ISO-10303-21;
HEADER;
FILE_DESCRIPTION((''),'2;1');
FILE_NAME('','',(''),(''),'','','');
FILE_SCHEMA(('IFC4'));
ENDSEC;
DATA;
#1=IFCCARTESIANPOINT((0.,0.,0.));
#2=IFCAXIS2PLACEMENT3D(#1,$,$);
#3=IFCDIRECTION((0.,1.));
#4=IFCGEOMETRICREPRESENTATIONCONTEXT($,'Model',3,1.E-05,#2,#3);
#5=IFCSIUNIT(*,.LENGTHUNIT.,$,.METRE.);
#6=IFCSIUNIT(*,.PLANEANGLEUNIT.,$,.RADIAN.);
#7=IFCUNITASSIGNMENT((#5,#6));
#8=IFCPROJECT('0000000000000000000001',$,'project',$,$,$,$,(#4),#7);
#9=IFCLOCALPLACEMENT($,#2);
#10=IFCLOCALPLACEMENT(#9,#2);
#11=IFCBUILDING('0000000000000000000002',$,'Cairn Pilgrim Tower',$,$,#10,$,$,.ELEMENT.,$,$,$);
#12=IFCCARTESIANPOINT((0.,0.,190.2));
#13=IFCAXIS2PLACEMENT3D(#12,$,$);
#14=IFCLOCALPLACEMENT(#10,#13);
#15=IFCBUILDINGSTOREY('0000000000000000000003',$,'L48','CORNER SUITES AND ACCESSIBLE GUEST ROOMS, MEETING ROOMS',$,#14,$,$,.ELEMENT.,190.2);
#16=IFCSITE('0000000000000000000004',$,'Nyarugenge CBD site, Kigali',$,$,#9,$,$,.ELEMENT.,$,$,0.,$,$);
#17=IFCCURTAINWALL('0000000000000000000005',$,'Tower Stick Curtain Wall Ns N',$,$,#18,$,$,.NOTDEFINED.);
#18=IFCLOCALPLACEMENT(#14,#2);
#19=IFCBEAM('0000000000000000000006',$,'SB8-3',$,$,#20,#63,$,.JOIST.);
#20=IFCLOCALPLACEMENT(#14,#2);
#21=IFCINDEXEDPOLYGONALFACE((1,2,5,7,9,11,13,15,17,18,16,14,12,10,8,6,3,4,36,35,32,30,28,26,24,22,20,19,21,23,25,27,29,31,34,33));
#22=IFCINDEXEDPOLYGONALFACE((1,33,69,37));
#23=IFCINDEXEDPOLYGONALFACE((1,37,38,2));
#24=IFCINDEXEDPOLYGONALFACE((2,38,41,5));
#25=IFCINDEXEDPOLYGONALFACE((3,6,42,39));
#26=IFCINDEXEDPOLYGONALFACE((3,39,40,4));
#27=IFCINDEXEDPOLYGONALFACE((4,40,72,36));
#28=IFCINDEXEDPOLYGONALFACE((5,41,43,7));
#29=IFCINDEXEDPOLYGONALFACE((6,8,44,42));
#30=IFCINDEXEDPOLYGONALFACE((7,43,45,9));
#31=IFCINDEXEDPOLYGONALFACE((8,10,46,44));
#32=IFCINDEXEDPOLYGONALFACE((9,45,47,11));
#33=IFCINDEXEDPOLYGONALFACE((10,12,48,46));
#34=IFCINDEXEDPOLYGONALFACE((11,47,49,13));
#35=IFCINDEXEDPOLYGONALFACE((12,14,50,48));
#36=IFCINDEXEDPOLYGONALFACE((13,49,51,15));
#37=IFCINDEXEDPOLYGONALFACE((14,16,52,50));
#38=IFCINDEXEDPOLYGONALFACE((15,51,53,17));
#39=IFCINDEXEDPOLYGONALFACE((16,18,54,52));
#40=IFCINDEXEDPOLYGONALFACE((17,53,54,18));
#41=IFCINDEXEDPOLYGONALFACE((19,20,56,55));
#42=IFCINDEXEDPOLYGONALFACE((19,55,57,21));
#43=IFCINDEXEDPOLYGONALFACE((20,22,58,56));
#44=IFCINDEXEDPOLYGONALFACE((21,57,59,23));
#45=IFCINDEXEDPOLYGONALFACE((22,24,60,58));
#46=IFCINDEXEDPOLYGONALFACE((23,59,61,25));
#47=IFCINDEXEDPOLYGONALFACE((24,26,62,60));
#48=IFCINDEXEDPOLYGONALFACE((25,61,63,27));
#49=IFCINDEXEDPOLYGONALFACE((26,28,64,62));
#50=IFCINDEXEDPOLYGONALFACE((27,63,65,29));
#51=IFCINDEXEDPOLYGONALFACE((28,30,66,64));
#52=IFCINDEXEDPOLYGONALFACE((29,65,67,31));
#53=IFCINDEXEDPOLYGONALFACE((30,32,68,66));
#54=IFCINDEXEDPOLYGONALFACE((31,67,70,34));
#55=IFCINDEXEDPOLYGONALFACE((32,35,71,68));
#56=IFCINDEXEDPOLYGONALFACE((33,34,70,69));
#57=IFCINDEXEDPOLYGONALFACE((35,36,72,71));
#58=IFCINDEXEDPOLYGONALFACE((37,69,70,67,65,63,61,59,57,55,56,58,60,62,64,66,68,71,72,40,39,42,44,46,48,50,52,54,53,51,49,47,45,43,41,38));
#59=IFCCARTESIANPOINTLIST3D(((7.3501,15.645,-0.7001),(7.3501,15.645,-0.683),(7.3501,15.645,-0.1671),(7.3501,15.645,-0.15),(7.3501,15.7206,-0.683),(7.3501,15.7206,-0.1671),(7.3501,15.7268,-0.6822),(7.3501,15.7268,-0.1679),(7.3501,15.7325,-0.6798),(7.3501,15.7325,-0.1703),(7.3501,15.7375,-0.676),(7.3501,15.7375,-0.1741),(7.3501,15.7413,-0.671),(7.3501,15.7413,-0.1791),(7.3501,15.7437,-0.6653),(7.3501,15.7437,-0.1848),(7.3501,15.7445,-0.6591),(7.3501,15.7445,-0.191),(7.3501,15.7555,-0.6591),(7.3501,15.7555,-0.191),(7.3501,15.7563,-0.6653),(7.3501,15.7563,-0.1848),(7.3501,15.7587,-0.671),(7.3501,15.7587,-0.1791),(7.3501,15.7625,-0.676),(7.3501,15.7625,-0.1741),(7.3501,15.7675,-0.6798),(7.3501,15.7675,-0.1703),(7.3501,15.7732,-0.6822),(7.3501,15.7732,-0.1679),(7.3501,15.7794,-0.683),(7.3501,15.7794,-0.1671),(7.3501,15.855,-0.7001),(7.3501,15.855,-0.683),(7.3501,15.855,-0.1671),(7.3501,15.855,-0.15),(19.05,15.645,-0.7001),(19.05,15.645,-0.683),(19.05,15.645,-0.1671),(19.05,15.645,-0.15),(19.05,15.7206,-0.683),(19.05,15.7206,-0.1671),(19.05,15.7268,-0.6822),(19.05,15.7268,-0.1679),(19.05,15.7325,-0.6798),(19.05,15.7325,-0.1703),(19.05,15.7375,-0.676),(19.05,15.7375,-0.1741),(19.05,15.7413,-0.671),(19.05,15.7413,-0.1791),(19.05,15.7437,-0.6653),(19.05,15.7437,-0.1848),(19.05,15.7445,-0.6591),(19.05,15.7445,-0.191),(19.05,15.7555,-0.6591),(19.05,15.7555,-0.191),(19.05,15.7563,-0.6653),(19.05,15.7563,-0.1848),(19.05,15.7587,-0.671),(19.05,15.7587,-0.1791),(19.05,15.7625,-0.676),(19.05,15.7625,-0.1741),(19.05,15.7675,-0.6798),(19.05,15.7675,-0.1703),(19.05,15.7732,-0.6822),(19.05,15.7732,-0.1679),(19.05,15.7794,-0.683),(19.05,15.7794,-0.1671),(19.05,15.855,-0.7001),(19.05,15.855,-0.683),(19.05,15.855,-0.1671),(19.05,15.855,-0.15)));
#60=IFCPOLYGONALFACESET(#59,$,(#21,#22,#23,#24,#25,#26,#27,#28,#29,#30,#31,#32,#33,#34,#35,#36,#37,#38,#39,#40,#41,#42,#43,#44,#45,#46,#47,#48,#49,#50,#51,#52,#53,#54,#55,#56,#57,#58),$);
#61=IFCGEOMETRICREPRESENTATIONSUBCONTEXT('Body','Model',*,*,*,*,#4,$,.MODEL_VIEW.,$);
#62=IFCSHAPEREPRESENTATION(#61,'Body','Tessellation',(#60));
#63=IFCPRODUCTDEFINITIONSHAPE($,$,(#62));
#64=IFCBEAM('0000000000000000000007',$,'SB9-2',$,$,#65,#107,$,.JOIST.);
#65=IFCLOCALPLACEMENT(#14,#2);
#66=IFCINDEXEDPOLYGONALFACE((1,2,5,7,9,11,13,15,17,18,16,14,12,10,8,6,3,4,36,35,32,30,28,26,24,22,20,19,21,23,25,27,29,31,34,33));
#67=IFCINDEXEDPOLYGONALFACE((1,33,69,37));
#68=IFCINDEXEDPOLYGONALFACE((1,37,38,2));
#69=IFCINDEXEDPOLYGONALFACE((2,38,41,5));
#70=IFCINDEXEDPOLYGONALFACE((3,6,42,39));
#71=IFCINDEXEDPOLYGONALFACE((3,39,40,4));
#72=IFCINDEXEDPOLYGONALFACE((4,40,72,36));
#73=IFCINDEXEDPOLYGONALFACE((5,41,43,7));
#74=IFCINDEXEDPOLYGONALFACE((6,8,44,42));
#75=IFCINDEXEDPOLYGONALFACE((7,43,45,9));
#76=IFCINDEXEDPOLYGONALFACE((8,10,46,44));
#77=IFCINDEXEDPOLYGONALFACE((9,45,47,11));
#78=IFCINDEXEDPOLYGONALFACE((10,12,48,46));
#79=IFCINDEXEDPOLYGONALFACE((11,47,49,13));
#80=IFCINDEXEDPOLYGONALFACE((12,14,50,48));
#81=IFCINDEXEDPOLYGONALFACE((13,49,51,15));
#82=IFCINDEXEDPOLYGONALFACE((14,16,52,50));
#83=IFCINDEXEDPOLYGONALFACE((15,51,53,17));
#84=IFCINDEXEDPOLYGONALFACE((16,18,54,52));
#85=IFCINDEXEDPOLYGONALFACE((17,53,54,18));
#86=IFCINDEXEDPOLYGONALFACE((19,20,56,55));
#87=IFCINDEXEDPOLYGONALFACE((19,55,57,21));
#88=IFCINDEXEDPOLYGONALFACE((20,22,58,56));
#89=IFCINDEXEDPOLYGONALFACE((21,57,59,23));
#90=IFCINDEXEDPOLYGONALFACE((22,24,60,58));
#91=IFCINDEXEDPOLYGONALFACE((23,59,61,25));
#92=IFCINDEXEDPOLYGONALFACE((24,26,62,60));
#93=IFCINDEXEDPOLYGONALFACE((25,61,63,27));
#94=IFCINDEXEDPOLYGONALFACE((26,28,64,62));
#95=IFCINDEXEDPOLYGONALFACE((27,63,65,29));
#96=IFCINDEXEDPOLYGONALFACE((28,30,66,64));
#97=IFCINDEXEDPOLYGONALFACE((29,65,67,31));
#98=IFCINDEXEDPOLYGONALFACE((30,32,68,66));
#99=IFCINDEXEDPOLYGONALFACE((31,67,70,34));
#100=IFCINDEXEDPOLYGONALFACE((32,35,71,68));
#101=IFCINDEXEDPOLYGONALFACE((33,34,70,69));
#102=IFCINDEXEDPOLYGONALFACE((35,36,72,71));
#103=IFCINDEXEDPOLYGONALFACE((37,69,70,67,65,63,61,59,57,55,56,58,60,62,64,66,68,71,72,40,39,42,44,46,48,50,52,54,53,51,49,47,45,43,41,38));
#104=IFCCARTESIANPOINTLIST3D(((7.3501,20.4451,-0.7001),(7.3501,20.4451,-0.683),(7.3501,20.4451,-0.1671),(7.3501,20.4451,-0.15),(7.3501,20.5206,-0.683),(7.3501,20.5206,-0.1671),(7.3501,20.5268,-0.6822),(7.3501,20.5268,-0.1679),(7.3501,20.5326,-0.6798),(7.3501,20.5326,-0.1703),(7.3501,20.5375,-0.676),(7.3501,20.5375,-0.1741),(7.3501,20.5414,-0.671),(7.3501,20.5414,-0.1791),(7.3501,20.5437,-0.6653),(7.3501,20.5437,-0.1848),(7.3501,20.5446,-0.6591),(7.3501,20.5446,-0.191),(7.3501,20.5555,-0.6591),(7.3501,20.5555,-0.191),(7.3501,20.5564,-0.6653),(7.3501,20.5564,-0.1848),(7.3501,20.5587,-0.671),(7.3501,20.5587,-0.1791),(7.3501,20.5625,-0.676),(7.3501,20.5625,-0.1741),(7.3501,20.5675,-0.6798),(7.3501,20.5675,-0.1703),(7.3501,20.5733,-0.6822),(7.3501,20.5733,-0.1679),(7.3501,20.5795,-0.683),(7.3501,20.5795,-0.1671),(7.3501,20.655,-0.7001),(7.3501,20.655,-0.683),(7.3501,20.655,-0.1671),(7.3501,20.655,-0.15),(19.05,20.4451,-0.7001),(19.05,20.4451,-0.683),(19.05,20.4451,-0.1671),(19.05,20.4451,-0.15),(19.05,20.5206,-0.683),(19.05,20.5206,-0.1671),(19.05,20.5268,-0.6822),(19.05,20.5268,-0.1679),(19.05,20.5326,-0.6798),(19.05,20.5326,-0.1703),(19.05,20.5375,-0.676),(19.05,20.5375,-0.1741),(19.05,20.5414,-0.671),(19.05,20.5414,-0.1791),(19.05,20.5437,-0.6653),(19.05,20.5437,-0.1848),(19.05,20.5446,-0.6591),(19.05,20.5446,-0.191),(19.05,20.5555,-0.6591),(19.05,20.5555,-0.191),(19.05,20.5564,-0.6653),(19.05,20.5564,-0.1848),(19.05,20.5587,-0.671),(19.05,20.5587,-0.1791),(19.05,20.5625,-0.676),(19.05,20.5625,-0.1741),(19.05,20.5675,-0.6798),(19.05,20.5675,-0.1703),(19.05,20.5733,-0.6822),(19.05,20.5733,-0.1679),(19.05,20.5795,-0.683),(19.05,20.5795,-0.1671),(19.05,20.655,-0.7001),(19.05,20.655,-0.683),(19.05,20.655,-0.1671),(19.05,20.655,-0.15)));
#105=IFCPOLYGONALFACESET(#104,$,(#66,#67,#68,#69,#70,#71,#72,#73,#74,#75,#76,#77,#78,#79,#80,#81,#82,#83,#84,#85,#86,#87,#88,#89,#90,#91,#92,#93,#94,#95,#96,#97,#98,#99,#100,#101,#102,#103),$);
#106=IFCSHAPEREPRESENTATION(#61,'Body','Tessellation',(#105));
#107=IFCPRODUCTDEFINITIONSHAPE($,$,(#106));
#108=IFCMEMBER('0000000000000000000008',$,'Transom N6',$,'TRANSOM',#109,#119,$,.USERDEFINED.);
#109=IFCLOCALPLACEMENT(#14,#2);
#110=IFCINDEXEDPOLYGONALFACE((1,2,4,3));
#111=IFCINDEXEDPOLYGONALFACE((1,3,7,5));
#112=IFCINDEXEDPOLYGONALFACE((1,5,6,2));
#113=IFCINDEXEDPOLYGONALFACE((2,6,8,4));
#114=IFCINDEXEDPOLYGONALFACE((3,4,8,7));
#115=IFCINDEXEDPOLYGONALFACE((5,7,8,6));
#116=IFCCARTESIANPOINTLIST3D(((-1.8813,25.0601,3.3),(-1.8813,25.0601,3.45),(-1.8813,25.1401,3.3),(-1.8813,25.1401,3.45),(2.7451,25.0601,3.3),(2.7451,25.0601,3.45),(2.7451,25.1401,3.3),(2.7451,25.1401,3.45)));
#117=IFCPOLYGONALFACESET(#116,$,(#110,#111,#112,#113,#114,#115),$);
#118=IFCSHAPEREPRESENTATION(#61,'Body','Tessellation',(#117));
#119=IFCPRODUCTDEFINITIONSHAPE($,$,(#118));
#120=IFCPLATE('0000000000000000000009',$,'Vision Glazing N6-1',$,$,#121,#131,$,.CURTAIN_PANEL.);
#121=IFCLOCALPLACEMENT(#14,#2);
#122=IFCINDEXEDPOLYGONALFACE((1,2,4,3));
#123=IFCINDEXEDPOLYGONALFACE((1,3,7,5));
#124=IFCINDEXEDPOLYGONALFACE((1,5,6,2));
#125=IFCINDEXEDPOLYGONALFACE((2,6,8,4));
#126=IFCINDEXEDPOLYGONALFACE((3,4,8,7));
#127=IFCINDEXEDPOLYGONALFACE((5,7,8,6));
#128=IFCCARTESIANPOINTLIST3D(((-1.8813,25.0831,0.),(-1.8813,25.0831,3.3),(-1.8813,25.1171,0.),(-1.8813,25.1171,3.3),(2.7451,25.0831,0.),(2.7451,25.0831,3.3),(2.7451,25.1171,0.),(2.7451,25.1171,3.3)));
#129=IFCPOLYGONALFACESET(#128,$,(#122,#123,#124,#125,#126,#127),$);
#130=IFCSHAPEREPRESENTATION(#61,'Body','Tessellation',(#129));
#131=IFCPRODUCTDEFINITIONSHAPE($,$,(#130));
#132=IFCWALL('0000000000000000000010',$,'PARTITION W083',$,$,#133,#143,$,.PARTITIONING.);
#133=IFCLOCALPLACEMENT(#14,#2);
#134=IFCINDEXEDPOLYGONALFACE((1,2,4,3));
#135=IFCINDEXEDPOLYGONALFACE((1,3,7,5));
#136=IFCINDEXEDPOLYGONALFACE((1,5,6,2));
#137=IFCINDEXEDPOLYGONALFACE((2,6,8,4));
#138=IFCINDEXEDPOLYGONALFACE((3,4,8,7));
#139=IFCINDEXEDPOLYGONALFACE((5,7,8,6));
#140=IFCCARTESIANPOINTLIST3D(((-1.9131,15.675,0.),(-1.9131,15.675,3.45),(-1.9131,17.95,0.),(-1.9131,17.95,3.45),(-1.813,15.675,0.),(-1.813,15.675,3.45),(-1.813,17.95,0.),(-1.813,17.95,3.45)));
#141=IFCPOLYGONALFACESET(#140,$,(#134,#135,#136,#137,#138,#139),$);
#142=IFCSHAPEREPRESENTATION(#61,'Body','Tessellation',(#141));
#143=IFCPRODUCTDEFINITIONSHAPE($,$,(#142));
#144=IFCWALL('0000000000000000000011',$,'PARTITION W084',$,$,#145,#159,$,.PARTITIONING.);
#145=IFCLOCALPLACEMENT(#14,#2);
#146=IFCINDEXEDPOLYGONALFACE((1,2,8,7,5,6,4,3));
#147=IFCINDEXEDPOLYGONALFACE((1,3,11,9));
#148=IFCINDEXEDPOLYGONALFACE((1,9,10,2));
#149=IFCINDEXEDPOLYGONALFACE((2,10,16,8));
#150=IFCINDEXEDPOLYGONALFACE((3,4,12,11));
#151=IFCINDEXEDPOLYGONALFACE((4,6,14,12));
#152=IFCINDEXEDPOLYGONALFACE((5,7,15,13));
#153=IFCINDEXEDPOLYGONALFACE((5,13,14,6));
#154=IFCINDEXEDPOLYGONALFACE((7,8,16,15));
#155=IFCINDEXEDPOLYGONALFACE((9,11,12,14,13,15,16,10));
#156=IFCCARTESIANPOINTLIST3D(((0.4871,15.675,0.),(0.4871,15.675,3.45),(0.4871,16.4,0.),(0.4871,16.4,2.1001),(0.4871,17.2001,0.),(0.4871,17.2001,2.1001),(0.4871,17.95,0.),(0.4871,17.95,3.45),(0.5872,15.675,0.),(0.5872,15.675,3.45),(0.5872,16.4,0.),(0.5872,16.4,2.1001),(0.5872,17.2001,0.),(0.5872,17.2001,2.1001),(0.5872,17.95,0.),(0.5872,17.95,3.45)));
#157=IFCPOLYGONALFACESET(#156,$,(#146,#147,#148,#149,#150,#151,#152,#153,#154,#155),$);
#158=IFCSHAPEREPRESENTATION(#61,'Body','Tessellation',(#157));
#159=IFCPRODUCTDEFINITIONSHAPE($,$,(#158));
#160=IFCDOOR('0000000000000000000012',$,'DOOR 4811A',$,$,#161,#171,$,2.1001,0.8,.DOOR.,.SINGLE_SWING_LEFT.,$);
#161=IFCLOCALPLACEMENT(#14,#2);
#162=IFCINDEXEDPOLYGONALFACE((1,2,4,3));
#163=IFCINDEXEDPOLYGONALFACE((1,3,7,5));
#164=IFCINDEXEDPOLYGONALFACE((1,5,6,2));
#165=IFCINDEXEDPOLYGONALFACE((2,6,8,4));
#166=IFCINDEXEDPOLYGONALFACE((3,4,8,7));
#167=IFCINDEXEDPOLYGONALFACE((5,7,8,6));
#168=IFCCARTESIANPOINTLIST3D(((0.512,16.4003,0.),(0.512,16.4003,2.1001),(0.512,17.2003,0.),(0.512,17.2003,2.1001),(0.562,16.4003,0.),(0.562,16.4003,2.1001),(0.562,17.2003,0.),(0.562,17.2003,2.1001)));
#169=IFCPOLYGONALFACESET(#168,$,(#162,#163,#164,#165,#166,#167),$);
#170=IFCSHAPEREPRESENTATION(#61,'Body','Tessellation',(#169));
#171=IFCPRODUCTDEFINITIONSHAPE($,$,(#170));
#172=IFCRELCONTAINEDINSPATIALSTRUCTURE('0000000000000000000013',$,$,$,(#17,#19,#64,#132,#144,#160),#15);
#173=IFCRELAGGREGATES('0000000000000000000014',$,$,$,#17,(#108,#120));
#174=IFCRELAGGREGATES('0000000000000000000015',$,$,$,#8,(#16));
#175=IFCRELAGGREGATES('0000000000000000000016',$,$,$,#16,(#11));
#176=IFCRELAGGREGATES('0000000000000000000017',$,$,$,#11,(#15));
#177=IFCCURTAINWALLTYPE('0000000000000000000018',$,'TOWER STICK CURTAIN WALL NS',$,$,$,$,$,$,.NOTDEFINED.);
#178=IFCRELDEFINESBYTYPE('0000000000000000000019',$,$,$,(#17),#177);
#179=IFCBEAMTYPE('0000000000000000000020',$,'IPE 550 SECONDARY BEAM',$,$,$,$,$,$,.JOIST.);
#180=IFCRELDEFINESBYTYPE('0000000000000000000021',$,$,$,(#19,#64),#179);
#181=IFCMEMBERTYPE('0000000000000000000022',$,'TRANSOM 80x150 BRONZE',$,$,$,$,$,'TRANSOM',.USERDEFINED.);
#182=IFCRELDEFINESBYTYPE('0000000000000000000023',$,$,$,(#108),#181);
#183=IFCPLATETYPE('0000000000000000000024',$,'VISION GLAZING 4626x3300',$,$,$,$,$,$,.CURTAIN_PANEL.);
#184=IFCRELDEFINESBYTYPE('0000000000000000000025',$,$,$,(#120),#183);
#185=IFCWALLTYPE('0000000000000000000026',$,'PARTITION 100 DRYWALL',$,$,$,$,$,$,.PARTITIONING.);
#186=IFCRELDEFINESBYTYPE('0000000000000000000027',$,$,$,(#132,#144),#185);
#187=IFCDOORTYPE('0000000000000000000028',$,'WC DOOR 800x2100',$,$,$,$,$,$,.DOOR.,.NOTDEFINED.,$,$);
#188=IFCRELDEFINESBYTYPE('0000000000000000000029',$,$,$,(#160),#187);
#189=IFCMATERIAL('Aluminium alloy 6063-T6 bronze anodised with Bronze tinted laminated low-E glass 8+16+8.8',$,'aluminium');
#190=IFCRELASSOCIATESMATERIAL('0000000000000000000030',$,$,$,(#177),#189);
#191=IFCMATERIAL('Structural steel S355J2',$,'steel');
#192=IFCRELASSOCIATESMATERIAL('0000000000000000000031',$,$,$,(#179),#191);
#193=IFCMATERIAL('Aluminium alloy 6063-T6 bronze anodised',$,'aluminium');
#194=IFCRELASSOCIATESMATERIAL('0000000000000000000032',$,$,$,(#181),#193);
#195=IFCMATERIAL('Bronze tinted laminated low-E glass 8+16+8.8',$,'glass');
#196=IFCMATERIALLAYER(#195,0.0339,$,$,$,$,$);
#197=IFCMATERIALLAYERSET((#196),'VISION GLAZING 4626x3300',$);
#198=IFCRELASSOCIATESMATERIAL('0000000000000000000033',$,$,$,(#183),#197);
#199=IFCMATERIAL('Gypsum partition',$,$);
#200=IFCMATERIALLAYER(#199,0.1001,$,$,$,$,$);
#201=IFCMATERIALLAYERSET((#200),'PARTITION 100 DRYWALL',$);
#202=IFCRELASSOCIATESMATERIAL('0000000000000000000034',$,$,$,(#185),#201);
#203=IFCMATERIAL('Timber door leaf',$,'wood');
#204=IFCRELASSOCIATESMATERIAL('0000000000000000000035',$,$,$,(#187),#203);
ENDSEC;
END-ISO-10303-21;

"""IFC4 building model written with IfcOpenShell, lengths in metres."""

from ifc_helpers import new_model, si_unit, direction, frame, frame_2d, origin, origin_2d, place, context, subcontext, project, spatial, rectangle, i_section, extrude, material, layer, layer_set, material_profile, profile_set, type_object, element, fill, aggregate, save


model = new_model("IFC4")

# Units and contexts
model_context = context("Model", 3, precision=1e-05, world=origin(), true_north=direction((0.0, 1.0)))
body_context = subcontext(model_context, "Body", "Model", "MODEL_VIEW")
ifc_project = project(units=[si_unit("LENGTHUNIT", "METRE"), si_unit("PLANEANGLEUNIT", "RADIAN")], contexts=[model_context])

# Site, building, storey
site_placement = place(None, origin())
site = spatial("IfcSite", under=ifc_project, at=site_placement, Name="Nyarugenge CBD site, Kigali", CompositionType="ELEMENT", RefElevation=0.0)
building_placement = place(site_placement, origin())
building = spatial("IfcBuilding", under=site, at=building_placement, Name="Cairn Pilgrim Tower", CompositionType="ELEMENT")
storey_placement = place(building_placement, frame((0.0, 0.0, 190.2)))
storey = spatial("IfcBuildingStorey", under=building, at=storey_placement, Name="L48", Description="CORNER SUITES AND ACCESSIBLE GUEST ROOMS, MEETING ROOMS", CompositionType="ELEMENT", Elevation=190.2)

# Shared definitions
ifc_material_1 = material(Name="Structural steel S355J2", Category="steel")

# Curtain wall
ifc_material_2 = material(Name="Aluminium alloy 6063-T6 bronze anodised with Bronze tinted laminated low-E glass 8+16+8.8", Category="aluminium")
curtain_wall_type_1 = type_object("IfcCurtainWallType", Name="TOWER STICK CURTAIN WALL NS", PredefinedType="NOTDEFINED", material=ifc_material_2)
curtain_wall_1_placement = place(storey_placement, origin())
curtain_wall_1 = element("IfcCurtainWall", 1, at=curtain_wall_1_placement, inside=storey, type_object=curtain_wall_type_1, Name="Tower Stick Curtain Wall Ns N", PredefinedType="NOTDEFINED")
ifc_material_3 = material(Name="Aluminium alloy 6063-T6 bronze anodised", Category="aluminium")

# Beams
ifc_material_profile_1 = material_profile(ifc_material_1, i_section(OverallWidth=0.21, OverallDepth=0.55, WebThickness=0.011, FlangeThickness=0.0171, FilletRadius=0.0239, at=origin_2d()), Name="IPE 550")
ifc_profile_set_1 = profile_set([ifc_material_profile_1], Name="Structural steel S355J2")
beam_type_1 = type_object("IfcBeamType", Name="IPE 550 SECONDARY BEAM", PredefinedType="JOIST", material=ifc_profile_set_1)
for number, where, z_axis, x_axis, name in (
    (2, (7.3501, 15.75, -0.425), (1.0, 0.0, 0.0), (0.0, 1.0, 0.0), "SB8-3"),
    (3, (7.3501, 20.55, -0.425), (1.0, 0.0, 0.0), (0.0, 1.0, 0.0), "SB9-2"),
):
    element("IfcBeam", number, at=place(storey_placement, frame(where, z_axis=z_axis, x_axis=x_axis)), inside=storey, type_object=beam_type_1, Name=name, PredefinedType="JOIST", context=body_context, shape_type="SweptSolid", body=[
        extrude(i_section(OverallWidth=0.21, OverallDepth=0.55, WebThickness=0.011, FlangeThickness=0.0171, FilletRadius=0.0239, at=origin_2d()), origin(), (0.0, 0.0, 1.0), 11.7),
    ])

# Member
ifc_material_profile_2 = material_profile(ifc_material_3, rectangle(XDim=0.0801, YDim=0.1499, at=origin_2d()), Name="TRANSOM 80x150 BRONZE")
ifc_profile_set_2 = profile_set([ifc_material_profile_2], Name="Aluminium alloy 6063-T6 bronze anodised")
member_type_1 = type_object("IfcMemberType", Name="TRANSOM 80x150 BRONZE", ElementType="TRANSOM", PredefinedType="USERDEFINED", material=ifc_profile_set_2)
member_1_placement = place(storey_placement, frame((2.7451, 25.1001, 3.375), z_axis=(-1.0, 0.0, 0.0), x_axis=(0.0, -1.0, 0.0)))
member_1 = element("IfcMember", 4, at=member_1_placement, type_object=member_type_1, Name="Transom N6", ObjectType="TRANSOM", PredefinedType="USERDEFINED", context=body_context, shape_type="SweptSolid", body=[
    extrude(rectangle(XDim=0.0801, YDim=0.1499, at=origin_2d()), origin(), (0.0, 0.0, 1.0), 4.6265),
])

# Plate
ifc_material_4 = material(Name="Bronze tinted laminated low-E glass 8+16+8.8", Category="glass")
ifc_layer_1 = layer(ifc_material_4, 0.0339)
ifc_layer_set_1 = layer_set([ifc_layer_1], Name="VISION GLAZING 4626x3300")
plate_type = type_object("IfcPlateType", Name="VISION GLAZING 4626x3300", PredefinedType="CURTAIN_PANEL", material=ifc_layer_set_1)
plate_placement = place(storey_placement, frame((0.4319, 25.1001, 0.0), z_axis=(0.0, 0.0, 1.0), x_axis=(-1.0, 0.0, 0.0)))
plate = element("IfcPlate", 5, at=plate_placement, type_object=plate_type, Name="Vision Glazing N6-1", PredefinedType="CURTAIN_PANEL", context=body_context, shape_type="SweptSolid", body=[
    extrude(rectangle(XDim=4.6265, YDim=0.0339, at=origin_2d()), origin(), (0.0, 0.0, 1.0), 3.3),
])
aggregate(curtain_wall_1, [member_1, plate])

# Wall
ifc_material_5 = material(Name="Gypsum partition")
ifc_layer_2 = layer(ifc_material_5, 0.1001)
ifc_layer_set_2 = layer_set([ifc_layer_2], Name="PARTITION 100 DRYWALL")
wall_type_1 = type_object("IfcWallType", Name="PARTITION 100 DRYWALL", PredefinedType="PARTITIONING", material=ifc_layer_set_2)
wall_1_placement = place(storey_placement, frame((-1.863, 15.675, 0.0), z_axis=(0.0, 0.0, 1.0), x_axis=(0.0, 1.0, 0.0)))
element("IfcWall", 6, at=wall_1_placement, inside=storey, type_object=wall_type_1, Name="PARTITION W083", PredefinedType="PARTITIONING", context=body_context, shape_type="SweptSolid", body=[
    extrude(rectangle(XDim=2.2749, YDim=0.1001, at=frame_2d((1.1375, 0.0))), origin(), (0.0, 0.0, 1.0), 3.45),
])

# Wall, opening, door
wall_2_placement = place(storey_placement, frame((0.5371, 15.675, 0.0), z_axis=(0.0, 0.0, 1.0), x_axis=(0.0, 1.0, 0.0)))
wall_2 = element("IfcWall", 7, at=wall_2_placement, inside=storey, type_object=wall_type_1, Name="PARTITION W084", PredefinedType="PARTITIONING", context=body_context, shape_type="SweptSolid", body=[
    extrude(rectangle(XDim=2.2749, YDim=0.1001, at=frame_2d((1.1375, 0.0))), origin(), (0.0, 0.0, 1.0), 3.45),
])
opening_1_placement = place(wall_2_placement, frame((0.7251, 0.0, 0.0)))
opening_1 = element("IfcOpeningElement", 8, at=opening_1_placement, cuts=wall_2, PredefinedType="OPENING", context=body_context, shape_type="SweptSolid", body=[
    extrude(rectangle(XDim=0.8, YDim=2.1001, at=frame_2d((0.3999, 1.05))), frame((0.0, 0.0601, 0.0), z_axis=(0.0, -1.0, 0.0), x_axis=(1.0, 0.0, 0.0)), (0.0, 0.0, 1.0), 0.1201),
])
ifc_material_6 = material(Name="Timber door leaf", Category="wood")
door_type_1 = type_object("IfcDoorType", Name="WC DOOR 800x2100", OperationType="NOTDEFINED", PredefinedType="DOOR", material=ifc_material_6)
door_1_placement = place(opening_1_placement, frame((0.8, 0.0, 0.0), z_axis=(0.0, 0.0, 1.0), x_axis=(-1.0, 0.0, 0.0)))
door_1 = element("IfcDoor", 9, at=door_1_placement, inside=storey, type_object=door_type_1, Name="DOOR 4811A", OperationType="SINGLE_SWING_LEFT", OverallHeight=2.1001, OverallWidth=0.8, PredefinedType="DOOR", context=body_context, shape_type="SweptSolid", body=[
    extrude(rectangle(XDim=0.8, YDim=2.1001, at=frame_2d((0.3999, 1.05))), frame((0.0, 0.0249, 0.0), z_axis=(0.0, -1.0, 0.0), x_axis=(1.0, 0.0, 0.0)), (0.0, 0.0, 1.0), 0.05),
])
fill(opening_1, door_1)

save(model, "model.ifc")
